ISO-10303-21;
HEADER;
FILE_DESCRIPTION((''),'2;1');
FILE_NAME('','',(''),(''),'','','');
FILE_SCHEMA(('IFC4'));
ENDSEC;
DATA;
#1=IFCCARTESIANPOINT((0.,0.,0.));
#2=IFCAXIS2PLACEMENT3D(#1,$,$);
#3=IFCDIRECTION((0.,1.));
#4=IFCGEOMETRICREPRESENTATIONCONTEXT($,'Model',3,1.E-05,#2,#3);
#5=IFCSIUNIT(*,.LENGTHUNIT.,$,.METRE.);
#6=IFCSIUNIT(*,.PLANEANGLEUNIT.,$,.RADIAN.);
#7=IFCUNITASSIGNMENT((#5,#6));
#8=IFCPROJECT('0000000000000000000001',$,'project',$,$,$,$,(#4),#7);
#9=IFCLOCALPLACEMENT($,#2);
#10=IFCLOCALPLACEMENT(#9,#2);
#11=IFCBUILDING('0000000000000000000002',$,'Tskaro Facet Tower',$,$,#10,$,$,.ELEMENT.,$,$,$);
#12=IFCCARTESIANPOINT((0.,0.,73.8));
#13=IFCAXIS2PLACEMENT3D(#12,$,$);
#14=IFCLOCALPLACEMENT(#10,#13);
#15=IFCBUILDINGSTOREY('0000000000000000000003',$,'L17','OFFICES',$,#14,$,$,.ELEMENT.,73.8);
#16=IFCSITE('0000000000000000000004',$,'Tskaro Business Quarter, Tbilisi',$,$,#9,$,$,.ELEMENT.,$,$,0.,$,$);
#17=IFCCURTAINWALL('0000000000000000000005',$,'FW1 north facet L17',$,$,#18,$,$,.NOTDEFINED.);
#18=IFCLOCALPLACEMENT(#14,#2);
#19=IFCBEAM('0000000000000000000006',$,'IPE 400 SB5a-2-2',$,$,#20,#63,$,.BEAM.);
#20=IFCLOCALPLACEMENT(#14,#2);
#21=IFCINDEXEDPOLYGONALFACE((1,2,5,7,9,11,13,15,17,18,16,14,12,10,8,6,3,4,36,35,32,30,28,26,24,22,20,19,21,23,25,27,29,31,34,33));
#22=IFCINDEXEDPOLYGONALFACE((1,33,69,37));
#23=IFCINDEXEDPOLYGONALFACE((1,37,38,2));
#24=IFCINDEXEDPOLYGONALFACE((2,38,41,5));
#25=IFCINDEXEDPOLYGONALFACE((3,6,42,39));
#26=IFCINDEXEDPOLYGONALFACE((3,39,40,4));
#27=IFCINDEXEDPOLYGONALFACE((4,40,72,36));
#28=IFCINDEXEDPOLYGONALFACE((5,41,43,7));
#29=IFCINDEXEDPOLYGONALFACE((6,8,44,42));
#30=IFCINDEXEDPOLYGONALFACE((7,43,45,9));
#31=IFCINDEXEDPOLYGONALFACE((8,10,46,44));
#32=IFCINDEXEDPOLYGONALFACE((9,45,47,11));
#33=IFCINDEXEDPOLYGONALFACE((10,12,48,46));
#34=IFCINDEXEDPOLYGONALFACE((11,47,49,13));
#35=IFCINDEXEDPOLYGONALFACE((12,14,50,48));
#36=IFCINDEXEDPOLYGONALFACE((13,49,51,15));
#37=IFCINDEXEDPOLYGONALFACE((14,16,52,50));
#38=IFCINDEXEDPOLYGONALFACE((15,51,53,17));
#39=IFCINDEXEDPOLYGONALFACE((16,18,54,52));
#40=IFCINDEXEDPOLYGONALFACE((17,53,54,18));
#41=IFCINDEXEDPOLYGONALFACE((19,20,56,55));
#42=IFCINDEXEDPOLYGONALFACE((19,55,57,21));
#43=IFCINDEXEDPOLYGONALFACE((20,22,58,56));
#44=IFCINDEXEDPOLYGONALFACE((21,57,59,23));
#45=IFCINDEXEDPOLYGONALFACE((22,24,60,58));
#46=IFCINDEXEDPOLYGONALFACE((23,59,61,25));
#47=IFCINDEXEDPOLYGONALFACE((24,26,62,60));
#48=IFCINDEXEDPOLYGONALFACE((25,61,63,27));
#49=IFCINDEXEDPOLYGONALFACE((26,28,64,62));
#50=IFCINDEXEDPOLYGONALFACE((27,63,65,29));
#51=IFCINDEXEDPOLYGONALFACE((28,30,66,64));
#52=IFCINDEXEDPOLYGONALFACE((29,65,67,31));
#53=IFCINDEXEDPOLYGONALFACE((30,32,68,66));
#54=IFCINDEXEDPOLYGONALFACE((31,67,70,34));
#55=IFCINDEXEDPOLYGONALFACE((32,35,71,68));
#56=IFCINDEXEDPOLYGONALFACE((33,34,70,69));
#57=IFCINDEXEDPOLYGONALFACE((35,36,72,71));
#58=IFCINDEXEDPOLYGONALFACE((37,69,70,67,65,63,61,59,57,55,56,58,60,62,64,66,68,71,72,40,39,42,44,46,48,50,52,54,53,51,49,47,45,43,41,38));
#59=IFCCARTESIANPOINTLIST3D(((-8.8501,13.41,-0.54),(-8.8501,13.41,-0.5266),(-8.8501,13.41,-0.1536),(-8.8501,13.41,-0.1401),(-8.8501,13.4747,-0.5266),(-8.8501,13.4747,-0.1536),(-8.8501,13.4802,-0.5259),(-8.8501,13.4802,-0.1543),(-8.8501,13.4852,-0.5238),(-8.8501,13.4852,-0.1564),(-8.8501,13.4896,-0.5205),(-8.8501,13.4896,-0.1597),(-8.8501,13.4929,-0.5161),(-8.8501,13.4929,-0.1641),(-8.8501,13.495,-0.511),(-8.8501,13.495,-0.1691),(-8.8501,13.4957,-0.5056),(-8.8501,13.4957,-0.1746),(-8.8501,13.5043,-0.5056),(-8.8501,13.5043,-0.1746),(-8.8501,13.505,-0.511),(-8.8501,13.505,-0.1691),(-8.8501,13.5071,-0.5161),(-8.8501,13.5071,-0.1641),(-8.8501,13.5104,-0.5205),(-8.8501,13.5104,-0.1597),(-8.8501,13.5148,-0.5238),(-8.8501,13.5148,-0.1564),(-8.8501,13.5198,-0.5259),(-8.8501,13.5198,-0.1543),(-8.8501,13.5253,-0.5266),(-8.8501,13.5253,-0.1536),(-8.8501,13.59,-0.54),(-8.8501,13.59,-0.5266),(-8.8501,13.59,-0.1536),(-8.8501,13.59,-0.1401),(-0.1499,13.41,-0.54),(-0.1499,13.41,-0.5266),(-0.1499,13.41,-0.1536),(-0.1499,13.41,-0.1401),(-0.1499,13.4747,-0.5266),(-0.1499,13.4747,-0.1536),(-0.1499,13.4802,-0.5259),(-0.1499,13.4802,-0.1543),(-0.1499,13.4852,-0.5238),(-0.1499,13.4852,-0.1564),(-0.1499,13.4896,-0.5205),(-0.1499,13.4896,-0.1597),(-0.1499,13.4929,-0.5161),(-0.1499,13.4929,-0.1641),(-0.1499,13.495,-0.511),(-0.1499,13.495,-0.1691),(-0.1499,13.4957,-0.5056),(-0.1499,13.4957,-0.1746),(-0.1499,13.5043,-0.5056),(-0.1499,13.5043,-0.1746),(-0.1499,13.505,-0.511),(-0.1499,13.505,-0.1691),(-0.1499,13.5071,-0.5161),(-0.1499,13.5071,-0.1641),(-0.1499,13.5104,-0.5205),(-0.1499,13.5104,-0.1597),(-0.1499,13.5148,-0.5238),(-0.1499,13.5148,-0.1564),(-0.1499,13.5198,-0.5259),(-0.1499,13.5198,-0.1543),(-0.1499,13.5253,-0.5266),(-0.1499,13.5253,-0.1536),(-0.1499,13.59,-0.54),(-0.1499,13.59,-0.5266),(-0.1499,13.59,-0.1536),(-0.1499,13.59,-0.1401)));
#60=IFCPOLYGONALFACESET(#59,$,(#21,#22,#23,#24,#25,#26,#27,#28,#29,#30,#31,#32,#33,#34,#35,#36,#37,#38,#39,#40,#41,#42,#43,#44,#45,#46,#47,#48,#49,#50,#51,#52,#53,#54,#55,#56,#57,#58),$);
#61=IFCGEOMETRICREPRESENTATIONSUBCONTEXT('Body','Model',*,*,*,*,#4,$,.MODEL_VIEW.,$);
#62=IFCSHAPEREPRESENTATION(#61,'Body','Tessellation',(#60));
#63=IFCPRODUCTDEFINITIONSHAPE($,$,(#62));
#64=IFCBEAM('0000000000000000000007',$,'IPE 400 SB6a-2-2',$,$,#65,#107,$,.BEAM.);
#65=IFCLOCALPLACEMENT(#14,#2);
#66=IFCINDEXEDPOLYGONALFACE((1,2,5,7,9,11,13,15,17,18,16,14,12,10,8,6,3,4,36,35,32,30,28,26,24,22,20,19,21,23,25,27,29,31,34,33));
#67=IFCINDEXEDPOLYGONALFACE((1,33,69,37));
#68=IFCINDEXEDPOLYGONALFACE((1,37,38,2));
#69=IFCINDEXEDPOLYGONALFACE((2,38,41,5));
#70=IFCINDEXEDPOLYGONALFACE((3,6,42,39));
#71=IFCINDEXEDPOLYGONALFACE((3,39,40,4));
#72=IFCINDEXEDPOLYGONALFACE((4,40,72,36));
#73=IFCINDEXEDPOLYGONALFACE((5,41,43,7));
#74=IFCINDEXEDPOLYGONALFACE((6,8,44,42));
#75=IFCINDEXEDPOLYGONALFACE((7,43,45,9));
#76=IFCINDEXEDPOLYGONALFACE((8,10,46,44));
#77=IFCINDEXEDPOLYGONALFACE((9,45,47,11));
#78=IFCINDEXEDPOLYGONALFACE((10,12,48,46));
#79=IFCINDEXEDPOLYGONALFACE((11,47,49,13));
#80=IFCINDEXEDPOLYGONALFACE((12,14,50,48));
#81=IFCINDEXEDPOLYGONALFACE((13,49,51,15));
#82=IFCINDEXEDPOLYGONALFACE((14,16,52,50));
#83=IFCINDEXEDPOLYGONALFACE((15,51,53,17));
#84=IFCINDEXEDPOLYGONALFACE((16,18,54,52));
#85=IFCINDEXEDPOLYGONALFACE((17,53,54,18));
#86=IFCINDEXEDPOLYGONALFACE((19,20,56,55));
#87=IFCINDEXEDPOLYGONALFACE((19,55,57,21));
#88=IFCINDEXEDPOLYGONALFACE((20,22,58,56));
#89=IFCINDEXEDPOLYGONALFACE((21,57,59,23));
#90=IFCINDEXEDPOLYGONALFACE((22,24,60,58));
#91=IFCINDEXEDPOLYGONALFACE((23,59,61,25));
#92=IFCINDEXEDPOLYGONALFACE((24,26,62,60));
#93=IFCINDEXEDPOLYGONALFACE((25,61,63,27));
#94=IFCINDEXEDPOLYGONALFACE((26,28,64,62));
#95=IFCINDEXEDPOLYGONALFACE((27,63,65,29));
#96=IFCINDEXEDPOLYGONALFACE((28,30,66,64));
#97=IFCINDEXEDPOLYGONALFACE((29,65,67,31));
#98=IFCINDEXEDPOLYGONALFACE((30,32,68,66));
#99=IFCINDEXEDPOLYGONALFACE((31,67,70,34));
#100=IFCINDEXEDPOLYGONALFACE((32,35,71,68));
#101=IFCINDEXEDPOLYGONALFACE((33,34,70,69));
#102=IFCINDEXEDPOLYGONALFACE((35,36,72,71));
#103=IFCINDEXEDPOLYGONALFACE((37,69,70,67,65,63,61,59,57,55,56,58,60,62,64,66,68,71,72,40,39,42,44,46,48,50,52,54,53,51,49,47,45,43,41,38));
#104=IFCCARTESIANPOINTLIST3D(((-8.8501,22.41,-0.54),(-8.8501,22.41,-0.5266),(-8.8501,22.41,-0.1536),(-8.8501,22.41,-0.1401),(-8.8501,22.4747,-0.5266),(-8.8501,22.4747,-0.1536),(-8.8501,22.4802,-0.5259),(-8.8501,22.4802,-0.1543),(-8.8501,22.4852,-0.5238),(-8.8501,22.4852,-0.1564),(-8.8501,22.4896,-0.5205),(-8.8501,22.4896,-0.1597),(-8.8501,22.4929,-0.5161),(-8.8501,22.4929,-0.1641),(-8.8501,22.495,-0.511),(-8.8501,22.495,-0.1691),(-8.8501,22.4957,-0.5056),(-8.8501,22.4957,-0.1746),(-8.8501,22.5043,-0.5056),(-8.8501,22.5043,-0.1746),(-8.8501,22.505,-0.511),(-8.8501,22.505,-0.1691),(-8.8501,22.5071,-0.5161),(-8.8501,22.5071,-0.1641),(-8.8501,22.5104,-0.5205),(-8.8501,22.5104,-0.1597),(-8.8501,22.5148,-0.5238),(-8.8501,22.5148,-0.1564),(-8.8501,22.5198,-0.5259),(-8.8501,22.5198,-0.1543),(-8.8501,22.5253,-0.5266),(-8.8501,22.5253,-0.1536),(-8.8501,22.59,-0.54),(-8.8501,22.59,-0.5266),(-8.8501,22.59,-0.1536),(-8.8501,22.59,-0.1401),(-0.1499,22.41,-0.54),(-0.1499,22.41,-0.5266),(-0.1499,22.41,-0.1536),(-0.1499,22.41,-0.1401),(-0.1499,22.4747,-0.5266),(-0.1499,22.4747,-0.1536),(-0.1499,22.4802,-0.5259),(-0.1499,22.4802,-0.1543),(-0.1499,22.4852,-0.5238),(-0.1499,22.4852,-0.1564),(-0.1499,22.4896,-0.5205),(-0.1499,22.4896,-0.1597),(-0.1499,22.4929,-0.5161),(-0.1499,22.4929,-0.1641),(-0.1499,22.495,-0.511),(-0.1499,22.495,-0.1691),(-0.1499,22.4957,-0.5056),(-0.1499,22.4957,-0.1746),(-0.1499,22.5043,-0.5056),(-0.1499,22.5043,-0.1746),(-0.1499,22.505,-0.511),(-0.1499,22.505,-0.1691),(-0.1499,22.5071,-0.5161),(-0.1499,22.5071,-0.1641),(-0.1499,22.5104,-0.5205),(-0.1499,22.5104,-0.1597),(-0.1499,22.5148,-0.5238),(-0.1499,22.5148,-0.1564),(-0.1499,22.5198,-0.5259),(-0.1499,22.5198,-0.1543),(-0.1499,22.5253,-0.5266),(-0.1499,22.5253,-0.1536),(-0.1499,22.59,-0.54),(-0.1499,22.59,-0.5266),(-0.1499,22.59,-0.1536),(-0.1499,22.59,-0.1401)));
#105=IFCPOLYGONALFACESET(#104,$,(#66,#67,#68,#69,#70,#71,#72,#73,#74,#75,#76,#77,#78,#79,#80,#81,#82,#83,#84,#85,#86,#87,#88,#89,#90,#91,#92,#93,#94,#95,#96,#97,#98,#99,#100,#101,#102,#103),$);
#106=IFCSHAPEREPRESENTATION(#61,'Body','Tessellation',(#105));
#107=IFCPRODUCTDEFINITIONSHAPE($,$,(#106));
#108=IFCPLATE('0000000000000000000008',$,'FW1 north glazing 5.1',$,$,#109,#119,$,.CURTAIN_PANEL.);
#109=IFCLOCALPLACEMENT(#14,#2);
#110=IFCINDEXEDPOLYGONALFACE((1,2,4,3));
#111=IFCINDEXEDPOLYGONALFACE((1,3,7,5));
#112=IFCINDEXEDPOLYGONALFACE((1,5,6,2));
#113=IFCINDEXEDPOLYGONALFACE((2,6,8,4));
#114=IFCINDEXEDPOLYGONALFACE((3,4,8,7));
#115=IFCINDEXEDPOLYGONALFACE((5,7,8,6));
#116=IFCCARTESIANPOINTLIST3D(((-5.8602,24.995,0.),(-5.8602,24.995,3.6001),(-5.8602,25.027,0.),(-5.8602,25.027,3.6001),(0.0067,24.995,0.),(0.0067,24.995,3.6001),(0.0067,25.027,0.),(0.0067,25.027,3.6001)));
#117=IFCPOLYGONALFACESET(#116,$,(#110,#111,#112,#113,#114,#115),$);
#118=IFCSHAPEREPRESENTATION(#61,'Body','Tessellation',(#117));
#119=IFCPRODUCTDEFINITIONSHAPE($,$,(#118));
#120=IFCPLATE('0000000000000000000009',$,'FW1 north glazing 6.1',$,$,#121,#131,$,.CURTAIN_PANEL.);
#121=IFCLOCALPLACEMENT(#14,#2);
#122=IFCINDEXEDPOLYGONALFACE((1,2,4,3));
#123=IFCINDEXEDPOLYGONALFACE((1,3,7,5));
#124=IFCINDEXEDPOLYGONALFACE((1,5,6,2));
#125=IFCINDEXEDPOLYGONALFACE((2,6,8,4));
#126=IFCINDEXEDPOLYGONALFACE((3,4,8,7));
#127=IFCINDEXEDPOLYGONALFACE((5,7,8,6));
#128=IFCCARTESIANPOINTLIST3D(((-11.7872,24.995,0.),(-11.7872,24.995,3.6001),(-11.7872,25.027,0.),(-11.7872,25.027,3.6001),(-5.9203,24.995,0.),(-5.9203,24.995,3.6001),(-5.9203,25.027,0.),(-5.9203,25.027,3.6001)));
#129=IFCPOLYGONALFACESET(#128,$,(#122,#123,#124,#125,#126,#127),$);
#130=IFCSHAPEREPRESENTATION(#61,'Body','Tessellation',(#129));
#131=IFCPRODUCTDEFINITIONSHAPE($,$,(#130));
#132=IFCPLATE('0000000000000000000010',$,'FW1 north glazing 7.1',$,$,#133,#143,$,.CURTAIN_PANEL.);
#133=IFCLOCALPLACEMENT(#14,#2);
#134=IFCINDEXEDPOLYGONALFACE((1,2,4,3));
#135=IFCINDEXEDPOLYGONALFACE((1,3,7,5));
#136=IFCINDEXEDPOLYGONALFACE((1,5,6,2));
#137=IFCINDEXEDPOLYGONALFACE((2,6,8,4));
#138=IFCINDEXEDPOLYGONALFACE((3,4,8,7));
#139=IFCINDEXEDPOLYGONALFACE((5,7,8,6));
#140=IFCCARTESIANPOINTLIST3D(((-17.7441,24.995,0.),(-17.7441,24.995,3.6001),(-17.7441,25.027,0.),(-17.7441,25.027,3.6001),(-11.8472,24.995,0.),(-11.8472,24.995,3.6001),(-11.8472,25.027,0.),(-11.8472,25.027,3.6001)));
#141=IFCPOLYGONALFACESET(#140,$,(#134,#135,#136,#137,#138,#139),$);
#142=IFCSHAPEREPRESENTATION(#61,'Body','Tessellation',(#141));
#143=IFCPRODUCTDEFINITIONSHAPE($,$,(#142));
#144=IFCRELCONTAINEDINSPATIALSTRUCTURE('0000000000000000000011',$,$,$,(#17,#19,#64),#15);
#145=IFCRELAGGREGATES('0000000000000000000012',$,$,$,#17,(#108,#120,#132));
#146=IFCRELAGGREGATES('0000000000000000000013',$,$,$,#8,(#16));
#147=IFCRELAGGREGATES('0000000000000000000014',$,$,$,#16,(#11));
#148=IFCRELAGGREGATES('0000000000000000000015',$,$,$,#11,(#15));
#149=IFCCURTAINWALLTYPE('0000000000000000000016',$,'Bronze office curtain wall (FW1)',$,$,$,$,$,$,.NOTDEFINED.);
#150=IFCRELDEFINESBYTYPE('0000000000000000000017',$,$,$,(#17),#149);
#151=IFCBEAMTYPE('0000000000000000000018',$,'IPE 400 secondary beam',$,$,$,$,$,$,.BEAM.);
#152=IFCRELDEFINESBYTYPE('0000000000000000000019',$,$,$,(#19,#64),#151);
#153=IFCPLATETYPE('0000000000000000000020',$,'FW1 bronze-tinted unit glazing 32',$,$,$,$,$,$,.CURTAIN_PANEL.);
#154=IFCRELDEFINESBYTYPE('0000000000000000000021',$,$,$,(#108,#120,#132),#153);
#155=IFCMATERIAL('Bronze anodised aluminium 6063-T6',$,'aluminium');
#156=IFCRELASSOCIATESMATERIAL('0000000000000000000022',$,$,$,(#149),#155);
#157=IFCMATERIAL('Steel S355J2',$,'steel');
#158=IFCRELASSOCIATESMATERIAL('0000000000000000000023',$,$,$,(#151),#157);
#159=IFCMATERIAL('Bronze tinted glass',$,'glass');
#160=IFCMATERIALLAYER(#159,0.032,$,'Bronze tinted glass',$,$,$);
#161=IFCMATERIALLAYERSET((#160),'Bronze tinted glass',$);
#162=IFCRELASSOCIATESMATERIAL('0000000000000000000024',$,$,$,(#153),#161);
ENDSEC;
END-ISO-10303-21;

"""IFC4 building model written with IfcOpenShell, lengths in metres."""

from ifc_helpers import new_model, si_unit, direction, frame, origin, origin_2d, place, context, subcontext, project, spatial, rectangle, i_section, extrude, material, layer, layer_set, material_profile, profile_set, type_object, element, aggregate, save


model = new_model("IFC4")

# Units and contexts
model_context = context("Model", 3, precision=1e-05, world=origin(), true_north=direction((0.0, 1.0)))
body_context = subcontext(model_context, "Body", "Model", "MODEL_VIEW")
ifc_project = project(units=[si_unit("LENGTHUNIT", "METRE"), si_unit("PLANEANGLEUNIT", "RADIAN")], contexts=[model_context])

# Site, building, storey
site_placement = place(None, origin())
site = spatial("IfcSite", under=ifc_project, at=site_placement, Name="Tskaro Business Quarter, Tbilisi", CompositionType="ELEMENT", RefElevation=0.0)
building_placement = place(site_placement, origin())
building = spatial("IfcBuilding", under=site, at=building_placement, Name="Tskaro Facet Tower", CompositionType="ELEMENT")
storey_placement = place(building_placement, frame((0.0, 0.0, 73.8)))
storey = spatial("IfcBuildingStorey", under=building, at=storey_placement, Name="L17", Description="OFFICES", CompositionType="ELEMENT", Elevation=73.8)

# Curtain wall
ifc_material_1 = material(Name="Bronze anodised aluminium 6063-T6", Category="aluminium")
curtain_wall_type = type_object("IfcCurtainWallType", Name="Bronze office curtain wall (FW1)", PredefinedType="NOTDEFINED", material=ifc_material_1)
curtain_wall_placement = place(storey_placement, origin())
curtain_wall = element("IfcCurtainWall", 1, at=curtain_wall_placement, inside=storey, type_object=curtain_wall_type, Name="FW1 north facet L17", PredefinedType="NOTDEFINED")

# Beams
ifc_material_2 = material(Name="Steel S355J2", Category="steel")
ifc_material_profile_1 = material_profile(ifc_material_2, i_section(OverallWidth=0.1799, OverallDepth=0.3999, WebThickness=0.0085, FlangeThickness=0.0134, FilletRadius=0.021, at=origin_2d()), Name="IPE 400")
ifc_profile_set_1 = profile_set([ifc_material_profile_1], Name="Steel S355J2")
beam_type_1 = type_object("IfcBeamType", Name="IPE 400 secondary beam", PredefinedType="BEAM", material=ifc_profile_set_1)
for number, where, z_axis, x_axis, name in (
    (2, (-8.8501, 13.5, -0.3401), (1.0, 0.0, 0.0), (0.0, 1.0, 0.0), "IPE 400 SB5a-2-2"),
    (3, (-8.8501, 22.5, -0.3401), (1.0, 0.0, 0.0), (0.0, 1.0, 0.0), "IPE 400 SB6a-2-2"),
):
    element("IfcBeam", number, at=place(storey_placement, frame(where, z_axis=z_axis, x_axis=x_axis)), inside=storey, type_object=beam_type_1, Name=name, PredefinedType="BEAM", context=body_context, shape_type="SweptSolid", body=[
        extrude(i_section(OverallWidth=0.1799, OverallDepth=0.3999, WebThickness=0.0085, FlangeThickness=0.0134, FilletRadius=0.021, at=origin_2d()), origin(), (0.0, 0.0, 1.0), 8.7002),
    ])

# Plates
ifc_material_3 = material(Name="Bronze tinted glass", Category="glass")
ifc_layer_1 = layer(ifc_material_3, 0.032, Name="Bronze tinted glass")
ifc_layer_set_1 = layer_set([ifc_layer_1], Name="Bronze tinted glass")
plate_type = type_object("IfcPlateType", Name="FW1 bronze-tinted unit glazing 32", PredefinedType="CURTAIN_PANEL", material=ifc_layer_set_1)
plate_1_placement = place(storey_placement, frame((-2.9268, 25.011, 0.0), z_axis=(0.0, 0.0, 1.0), x_axis=(-1.0, 0.0, 0.0)))
plate_1 = element("IfcPlate", 4, at=plate_1_placement, type_object=plate_type, Name="FW1 north glazing 5.1", PredefinedType="CURTAIN_PANEL", context=body_context, shape_type="SweptSolid", body=[
    extrude(rectangle(XDim=5.8669, YDim=0.032, at=origin_2d()), origin(), (0.0, 0.0, 1.0), 3.6001),
])
plate_2_placement = place(storey_placement, frame((-8.8538, 25.011, 0.0), z_axis=(0.0, 0.0, 1.0), x_axis=(-1.0, 0.0, 0.0)))
plate_2 = element("IfcPlate", 5, at=plate_2_placement, type_object=plate_type, Name="FW1 north glazing 6.1", PredefinedType="CURTAIN_PANEL", context=body_context, shape_type="SweptSolid", body=[
    extrude(rectangle(XDim=5.8669, YDim=0.032, at=origin_2d()), origin(), (0.0, 0.0, 1.0), 3.6001),
])
plate_3_placement = place(storey_placement, frame((-14.7957, 25.011, 0.0), z_axis=(0.0, 0.0, 1.0), x_axis=(-1.0, 0.0, 0.0)))
plate_3 = element("IfcPlate", 6, at=plate_3_placement, type_object=plate_type, Name="FW1 north glazing 7.1", PredefinedType="CURTAIN_PANEL", context=body_context, shape_type="SweptSolid", body=[
    extrude(rectangle(XDim=5.897, YDim=0.032, at=origin_2d()), origin(), (0.0, 0.0, 1.0), 3.6001),
])
aggregate(curtain_wall, [plate_1, plate_2, plate_3])

save(model, "model.ifc")
